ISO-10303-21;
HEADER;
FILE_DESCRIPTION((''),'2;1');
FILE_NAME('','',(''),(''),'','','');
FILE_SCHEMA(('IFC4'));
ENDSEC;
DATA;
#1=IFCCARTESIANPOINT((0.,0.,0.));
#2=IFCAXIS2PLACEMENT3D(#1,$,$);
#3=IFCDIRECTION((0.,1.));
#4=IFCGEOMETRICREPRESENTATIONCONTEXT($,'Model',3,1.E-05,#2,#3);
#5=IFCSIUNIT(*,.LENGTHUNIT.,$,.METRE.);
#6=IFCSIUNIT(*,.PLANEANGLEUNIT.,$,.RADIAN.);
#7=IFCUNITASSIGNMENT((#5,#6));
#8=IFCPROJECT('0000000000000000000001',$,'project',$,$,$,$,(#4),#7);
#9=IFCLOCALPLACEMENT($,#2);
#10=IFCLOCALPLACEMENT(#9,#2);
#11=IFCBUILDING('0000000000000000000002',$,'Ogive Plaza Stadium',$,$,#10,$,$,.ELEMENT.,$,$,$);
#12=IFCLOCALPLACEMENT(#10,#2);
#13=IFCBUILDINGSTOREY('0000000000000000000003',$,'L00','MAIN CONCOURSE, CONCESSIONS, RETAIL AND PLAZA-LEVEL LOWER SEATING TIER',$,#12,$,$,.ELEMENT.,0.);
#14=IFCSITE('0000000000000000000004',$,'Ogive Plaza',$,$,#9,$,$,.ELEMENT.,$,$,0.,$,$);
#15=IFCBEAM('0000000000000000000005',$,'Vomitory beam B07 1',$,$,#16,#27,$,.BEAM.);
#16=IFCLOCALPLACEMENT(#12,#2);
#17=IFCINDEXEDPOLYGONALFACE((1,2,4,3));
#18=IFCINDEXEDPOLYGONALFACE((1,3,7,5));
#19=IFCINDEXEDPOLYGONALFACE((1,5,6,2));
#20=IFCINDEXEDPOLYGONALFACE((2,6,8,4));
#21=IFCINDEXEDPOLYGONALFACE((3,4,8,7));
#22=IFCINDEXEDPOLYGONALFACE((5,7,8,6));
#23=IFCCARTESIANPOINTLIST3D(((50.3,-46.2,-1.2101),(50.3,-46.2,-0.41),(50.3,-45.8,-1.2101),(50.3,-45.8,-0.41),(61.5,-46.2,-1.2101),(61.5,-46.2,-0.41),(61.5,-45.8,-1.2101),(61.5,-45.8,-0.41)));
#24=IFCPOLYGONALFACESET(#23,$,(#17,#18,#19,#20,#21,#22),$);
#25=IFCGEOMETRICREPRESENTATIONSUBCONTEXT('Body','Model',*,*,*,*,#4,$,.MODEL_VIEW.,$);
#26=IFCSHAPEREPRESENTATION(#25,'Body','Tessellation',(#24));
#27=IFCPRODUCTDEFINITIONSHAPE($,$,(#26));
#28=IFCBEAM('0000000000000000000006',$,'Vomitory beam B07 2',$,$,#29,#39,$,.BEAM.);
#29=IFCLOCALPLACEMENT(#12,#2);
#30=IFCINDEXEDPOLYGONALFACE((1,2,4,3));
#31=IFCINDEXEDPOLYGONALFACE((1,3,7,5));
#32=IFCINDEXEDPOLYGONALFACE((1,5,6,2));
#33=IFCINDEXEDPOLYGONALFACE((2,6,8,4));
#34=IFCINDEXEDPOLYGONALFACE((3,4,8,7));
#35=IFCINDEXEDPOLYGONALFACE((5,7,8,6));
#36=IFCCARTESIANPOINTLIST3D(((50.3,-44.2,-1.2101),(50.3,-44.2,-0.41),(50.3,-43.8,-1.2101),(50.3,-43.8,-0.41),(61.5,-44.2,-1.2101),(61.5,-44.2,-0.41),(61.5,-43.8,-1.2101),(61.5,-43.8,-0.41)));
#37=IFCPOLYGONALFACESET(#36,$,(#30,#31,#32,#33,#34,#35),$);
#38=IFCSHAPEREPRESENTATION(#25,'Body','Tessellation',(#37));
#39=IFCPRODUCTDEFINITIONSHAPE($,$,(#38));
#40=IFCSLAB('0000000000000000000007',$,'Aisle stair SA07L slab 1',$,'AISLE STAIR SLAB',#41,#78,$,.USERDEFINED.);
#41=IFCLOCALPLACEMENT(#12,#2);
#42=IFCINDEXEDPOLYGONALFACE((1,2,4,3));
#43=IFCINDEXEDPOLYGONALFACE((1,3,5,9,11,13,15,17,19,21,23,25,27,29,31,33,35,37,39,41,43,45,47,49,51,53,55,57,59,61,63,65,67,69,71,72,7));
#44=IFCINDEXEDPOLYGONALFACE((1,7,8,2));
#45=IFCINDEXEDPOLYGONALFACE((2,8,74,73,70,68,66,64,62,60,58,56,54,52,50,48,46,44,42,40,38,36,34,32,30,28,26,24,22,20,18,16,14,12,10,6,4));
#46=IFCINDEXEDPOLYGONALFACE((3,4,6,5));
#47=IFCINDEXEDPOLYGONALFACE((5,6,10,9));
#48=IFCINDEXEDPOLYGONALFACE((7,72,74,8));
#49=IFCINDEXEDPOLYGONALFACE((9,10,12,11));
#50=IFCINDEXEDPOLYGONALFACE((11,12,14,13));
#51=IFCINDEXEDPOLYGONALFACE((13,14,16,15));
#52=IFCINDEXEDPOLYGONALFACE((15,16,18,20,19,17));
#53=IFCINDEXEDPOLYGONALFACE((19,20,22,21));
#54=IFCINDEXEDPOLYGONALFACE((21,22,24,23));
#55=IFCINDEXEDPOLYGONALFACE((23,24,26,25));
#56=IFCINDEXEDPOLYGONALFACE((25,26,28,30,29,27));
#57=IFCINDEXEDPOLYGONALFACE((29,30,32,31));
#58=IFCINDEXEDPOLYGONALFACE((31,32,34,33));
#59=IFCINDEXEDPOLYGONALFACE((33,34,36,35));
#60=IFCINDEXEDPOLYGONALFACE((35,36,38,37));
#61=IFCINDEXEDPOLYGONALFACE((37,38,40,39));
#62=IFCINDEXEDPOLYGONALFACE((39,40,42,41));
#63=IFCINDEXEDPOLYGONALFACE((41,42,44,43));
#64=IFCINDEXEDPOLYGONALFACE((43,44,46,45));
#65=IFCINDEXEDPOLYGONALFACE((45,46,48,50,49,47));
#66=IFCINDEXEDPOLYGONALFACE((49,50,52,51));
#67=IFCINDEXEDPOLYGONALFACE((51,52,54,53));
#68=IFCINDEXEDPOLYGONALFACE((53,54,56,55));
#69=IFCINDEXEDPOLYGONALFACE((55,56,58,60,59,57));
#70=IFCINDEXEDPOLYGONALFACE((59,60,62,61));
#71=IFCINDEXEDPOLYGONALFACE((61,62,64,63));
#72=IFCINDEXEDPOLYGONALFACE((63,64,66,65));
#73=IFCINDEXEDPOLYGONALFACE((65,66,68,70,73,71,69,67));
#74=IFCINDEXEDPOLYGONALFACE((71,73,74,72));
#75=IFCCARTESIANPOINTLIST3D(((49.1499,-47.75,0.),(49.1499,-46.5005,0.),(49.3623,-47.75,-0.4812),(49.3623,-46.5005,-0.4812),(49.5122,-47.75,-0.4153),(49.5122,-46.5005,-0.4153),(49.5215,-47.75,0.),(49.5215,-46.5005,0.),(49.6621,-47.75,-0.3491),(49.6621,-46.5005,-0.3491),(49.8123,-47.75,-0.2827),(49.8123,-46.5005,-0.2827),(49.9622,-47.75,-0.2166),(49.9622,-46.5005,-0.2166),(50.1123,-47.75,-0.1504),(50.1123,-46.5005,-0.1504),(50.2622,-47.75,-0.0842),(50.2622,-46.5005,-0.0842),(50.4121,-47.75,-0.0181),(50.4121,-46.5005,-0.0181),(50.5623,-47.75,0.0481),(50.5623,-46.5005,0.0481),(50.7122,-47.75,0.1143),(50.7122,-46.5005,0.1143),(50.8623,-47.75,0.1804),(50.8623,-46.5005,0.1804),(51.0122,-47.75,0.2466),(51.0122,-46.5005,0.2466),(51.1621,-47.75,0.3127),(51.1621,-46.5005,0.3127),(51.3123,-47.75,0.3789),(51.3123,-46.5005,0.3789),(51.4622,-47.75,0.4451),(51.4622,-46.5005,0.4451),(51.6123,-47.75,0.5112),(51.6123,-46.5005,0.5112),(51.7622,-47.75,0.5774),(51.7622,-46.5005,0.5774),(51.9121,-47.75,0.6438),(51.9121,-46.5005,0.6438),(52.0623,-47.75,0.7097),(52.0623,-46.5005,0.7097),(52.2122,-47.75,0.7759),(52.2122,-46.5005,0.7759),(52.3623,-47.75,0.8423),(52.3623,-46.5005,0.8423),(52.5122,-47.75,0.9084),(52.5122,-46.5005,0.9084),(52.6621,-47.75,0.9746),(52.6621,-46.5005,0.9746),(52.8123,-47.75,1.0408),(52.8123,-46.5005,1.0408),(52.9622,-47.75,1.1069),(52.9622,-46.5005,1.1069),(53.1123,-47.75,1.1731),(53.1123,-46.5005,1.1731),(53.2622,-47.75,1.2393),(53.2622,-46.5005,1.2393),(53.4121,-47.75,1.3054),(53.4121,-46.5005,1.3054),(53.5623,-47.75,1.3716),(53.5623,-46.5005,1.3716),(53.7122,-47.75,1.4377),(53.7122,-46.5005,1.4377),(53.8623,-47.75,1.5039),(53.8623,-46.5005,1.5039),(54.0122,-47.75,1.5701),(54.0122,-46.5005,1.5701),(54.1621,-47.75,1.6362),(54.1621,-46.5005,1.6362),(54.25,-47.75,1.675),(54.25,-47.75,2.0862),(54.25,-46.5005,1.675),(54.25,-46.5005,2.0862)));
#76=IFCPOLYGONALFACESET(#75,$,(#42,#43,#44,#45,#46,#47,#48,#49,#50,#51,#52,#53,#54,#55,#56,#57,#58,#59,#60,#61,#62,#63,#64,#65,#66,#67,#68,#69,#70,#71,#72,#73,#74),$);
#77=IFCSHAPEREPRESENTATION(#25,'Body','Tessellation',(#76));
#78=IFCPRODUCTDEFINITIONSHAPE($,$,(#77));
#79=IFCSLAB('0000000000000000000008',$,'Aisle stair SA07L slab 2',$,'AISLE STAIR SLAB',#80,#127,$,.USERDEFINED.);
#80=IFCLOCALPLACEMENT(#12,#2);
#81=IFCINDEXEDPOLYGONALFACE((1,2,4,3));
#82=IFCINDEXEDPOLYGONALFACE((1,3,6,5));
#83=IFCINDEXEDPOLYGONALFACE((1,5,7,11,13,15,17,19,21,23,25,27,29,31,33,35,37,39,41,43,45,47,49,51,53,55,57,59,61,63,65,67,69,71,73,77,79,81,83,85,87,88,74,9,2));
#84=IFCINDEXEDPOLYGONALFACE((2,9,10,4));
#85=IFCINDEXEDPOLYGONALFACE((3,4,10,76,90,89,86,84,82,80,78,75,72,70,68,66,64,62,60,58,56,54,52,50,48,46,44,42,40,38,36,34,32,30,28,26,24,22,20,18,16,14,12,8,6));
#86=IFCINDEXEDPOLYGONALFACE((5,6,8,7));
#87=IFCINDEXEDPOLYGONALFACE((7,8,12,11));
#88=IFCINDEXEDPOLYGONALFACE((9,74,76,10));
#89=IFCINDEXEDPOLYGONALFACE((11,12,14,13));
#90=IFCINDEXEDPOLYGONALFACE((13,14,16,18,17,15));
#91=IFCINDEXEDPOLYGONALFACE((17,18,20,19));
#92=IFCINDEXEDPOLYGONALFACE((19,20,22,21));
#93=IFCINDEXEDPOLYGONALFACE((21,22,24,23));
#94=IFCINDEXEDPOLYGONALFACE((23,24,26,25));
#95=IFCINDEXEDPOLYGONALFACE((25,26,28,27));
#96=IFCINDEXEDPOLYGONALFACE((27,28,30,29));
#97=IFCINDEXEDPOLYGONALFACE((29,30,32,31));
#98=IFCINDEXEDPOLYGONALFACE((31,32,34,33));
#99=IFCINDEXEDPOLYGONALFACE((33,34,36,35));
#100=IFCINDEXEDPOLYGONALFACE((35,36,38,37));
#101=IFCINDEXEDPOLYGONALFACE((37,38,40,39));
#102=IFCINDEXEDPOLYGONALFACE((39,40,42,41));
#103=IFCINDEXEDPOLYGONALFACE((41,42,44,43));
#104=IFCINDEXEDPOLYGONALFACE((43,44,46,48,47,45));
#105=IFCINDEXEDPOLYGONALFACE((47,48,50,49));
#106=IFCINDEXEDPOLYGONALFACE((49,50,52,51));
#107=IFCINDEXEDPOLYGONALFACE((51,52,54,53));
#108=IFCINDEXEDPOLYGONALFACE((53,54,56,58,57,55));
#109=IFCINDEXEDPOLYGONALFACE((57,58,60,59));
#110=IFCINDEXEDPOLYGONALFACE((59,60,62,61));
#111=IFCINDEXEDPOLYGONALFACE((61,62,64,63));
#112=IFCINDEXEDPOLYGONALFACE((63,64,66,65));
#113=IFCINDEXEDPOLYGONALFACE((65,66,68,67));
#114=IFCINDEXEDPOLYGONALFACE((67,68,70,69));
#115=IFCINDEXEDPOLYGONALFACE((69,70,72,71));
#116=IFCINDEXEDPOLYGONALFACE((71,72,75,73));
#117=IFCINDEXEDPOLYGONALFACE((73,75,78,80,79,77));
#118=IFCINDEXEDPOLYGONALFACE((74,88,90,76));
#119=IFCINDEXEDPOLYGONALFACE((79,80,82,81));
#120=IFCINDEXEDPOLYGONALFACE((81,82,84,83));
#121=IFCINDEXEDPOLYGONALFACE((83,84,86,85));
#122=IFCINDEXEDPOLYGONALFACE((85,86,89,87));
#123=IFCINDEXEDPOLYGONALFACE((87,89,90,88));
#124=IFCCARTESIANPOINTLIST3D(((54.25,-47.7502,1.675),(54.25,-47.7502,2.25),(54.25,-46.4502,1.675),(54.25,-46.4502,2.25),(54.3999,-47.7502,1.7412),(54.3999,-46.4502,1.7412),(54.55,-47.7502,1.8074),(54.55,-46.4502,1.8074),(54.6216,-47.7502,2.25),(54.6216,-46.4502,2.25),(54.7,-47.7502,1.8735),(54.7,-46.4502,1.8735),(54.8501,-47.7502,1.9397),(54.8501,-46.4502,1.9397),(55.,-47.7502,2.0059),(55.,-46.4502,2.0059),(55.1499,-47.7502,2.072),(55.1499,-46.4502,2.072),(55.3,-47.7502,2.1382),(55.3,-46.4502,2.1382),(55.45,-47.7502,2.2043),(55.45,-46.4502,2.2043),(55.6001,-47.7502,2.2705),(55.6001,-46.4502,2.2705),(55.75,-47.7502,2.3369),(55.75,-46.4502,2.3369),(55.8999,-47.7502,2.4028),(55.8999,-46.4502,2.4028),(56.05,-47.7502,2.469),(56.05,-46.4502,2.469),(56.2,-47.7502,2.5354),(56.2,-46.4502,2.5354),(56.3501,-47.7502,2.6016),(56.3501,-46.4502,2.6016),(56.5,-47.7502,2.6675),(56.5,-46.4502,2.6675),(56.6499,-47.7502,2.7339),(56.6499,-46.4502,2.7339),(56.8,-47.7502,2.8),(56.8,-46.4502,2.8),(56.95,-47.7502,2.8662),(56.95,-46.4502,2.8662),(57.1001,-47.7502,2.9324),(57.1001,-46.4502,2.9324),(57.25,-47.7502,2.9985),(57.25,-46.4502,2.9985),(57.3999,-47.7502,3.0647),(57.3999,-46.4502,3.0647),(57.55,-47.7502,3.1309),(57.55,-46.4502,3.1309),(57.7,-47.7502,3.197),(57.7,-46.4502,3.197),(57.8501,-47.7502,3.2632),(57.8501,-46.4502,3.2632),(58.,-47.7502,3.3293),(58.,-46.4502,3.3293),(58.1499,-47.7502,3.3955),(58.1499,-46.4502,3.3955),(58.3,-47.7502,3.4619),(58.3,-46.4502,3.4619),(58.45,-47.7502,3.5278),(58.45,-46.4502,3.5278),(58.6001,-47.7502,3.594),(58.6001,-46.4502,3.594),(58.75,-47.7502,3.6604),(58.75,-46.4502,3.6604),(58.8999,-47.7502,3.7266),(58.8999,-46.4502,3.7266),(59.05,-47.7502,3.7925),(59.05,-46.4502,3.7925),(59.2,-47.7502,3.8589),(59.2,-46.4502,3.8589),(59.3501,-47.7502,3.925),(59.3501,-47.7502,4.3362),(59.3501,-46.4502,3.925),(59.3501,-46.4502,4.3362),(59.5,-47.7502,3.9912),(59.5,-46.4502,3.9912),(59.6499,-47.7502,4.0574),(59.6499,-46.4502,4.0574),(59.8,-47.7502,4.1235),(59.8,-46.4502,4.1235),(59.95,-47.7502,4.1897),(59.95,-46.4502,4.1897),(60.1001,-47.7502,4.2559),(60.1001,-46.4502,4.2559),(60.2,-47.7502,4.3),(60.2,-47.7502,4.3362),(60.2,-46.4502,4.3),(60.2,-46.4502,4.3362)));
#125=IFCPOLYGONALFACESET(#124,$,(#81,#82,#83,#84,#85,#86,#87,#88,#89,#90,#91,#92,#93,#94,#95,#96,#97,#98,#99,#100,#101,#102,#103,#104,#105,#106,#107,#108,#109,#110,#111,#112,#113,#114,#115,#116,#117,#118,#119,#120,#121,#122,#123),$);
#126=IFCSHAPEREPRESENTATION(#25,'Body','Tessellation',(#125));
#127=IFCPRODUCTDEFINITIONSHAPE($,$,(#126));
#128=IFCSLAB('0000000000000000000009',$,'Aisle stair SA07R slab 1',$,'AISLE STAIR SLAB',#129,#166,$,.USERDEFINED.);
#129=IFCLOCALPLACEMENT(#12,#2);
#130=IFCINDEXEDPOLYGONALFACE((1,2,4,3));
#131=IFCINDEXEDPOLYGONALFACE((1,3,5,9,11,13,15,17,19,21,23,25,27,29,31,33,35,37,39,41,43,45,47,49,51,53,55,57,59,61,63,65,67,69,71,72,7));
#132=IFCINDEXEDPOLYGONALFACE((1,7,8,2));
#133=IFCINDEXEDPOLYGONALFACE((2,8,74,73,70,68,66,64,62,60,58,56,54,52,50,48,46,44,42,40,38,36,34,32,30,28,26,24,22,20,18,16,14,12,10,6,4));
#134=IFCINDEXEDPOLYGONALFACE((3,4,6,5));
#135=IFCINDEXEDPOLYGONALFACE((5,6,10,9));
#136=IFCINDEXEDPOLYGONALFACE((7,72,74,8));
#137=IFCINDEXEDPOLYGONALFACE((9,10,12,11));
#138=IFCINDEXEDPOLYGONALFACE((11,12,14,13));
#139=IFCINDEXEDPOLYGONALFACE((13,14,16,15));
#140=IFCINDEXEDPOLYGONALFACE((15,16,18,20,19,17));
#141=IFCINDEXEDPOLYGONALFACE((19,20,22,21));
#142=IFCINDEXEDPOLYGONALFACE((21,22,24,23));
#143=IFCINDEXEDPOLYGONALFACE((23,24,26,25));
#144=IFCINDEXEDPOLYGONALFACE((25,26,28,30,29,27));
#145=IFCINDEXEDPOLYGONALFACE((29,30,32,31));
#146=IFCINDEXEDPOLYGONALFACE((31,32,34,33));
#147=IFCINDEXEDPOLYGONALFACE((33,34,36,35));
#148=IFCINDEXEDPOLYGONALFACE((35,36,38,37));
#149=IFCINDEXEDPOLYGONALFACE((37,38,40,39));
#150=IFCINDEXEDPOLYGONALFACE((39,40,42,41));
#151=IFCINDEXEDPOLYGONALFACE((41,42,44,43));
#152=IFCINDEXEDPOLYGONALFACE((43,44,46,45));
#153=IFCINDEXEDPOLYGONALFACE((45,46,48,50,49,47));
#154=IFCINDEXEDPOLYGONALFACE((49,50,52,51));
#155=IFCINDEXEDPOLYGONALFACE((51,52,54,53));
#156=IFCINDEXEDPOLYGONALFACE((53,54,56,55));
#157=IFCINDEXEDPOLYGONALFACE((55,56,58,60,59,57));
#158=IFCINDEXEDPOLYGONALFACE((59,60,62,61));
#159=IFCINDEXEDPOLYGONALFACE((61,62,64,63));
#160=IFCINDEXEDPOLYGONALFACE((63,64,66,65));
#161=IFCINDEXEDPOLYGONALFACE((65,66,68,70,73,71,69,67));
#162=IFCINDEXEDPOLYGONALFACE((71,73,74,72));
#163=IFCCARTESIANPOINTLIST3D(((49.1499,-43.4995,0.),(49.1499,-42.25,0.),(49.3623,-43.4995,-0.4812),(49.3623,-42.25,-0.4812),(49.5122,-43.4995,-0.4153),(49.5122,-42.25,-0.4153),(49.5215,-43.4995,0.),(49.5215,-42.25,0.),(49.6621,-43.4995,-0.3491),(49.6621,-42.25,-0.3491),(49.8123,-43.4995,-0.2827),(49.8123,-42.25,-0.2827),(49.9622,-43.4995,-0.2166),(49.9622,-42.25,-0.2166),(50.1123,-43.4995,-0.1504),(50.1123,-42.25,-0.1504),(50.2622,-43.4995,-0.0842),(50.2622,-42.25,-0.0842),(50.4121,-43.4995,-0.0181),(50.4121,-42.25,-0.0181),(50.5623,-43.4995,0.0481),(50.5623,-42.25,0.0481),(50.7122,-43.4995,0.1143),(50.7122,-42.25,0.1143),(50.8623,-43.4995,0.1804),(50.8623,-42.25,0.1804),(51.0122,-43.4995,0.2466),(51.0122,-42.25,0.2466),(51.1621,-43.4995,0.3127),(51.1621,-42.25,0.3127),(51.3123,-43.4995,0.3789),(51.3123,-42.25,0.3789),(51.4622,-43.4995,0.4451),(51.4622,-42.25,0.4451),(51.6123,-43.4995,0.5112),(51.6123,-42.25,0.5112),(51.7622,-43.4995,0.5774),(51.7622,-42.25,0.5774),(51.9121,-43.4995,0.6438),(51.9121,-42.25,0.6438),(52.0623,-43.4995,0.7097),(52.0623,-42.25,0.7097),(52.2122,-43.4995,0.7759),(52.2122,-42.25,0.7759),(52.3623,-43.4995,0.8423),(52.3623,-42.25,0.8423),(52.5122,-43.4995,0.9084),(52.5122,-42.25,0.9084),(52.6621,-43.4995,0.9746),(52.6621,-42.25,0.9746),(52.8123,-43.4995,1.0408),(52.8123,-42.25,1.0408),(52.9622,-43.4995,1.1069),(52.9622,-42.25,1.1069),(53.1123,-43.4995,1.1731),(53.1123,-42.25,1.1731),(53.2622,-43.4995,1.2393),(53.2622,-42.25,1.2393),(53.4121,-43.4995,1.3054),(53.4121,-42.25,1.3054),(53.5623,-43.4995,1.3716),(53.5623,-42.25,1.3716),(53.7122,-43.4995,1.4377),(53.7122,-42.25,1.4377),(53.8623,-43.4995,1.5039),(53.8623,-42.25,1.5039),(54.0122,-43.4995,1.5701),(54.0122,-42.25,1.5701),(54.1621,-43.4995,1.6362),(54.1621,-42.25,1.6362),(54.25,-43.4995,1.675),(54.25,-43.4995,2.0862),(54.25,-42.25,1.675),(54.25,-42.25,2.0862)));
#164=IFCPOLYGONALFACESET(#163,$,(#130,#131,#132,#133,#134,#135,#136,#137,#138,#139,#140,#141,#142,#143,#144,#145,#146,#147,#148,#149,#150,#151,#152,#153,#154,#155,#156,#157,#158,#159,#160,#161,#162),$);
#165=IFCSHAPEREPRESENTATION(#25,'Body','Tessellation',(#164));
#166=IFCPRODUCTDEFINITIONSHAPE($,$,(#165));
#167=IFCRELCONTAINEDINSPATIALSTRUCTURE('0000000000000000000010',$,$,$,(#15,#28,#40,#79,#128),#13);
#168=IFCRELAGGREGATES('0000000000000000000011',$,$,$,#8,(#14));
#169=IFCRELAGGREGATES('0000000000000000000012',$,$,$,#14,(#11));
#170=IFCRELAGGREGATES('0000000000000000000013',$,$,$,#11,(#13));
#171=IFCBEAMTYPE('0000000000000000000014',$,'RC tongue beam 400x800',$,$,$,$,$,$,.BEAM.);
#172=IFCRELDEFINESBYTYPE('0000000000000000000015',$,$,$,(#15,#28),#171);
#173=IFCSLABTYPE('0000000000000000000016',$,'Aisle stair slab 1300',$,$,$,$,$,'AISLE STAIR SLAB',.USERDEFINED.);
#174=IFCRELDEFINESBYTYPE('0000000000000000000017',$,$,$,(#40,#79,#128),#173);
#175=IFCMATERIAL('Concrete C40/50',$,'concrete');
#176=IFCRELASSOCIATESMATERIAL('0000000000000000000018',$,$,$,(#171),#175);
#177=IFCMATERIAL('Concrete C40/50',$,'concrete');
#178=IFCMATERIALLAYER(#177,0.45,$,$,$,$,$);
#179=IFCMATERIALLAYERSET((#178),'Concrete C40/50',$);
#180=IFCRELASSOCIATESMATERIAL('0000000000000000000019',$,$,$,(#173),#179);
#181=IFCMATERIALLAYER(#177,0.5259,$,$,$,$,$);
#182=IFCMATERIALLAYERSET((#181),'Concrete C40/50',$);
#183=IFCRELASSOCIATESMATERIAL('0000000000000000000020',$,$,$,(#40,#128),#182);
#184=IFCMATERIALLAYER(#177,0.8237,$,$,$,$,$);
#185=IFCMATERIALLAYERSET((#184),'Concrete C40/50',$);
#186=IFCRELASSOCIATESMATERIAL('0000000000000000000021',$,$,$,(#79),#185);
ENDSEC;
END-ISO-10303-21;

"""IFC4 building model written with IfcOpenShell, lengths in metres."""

from ifc_helpers import new_model, si_unit, direction, frame, origin, origin_2d, place, context, subcontext, project, spatial, polyline, rectangle, outline, extrude, material, layer, layer_set, material_profile, profile_set, type_object, element, save


model = new_model("IFC4")

# Units and contexts
model_context = context("Model", 3, precision=1e-05, world=origin(), true_north=direction((0.0, 1.0)))
body_context = subcontext(model_context, "Body", "Model", "MODEL_VIEW")
ifc_project = project(units=[si_unit("LENGTHUNIT", "METRE"), si_unit("PLANEANGLEUNIT", "RADIAN")], contexts=[model_context])

# Site, building, storey
site_placement = place(None, origin())
site = spatial("IfcSite", under=ifc_project, at=site_placement, Name="Ogive Plaza", CompositionType="ELEMENT", RefElevation=0.0)
building_placement = place(site_placement, origin())
building = spatial("IfcBuilding", under=site, at=building_placement, Name="Ogive Plaza Stadium", CompositionType="ELEMENT")
storey_placement = place(building_placement, origin())
storey = spatial("IfcBuildingStorey", under=building, at=storey_placement, Name="L00", Description="MAIN CONCOURSE, CONCESSIONS, RETAIL AND PLAZA-LEVEL LOWER SEATING TIER", CompositionType="ELEMENT", Elevation=0.0)

# Beams
ifc_material_1 = material(Name="Concrete C40/50", Category="concrete")
ifc_material_profile = material_profile(ifc_material_1, rectangle(XDim=0.3999, YDim=0.8, at=origin_2d()), Name="RC 400x800")
ifc_profile_set = profile_set([ifc_material_profile], Name="Concrete C40/50")
beam_type = type_object("IfcBeamType", Name="RC tongue beam 400x800", PredefinedType="BEAM", material=ifc_profile_set)
for number, where, z_axis, x_axis, name in (
    (1, (50.3, -46.0, -0.8101), (1.0, 0.0, 0.0), (0.0, 1.0, 0.0), "Vomitory beam B07 1"),
    (2, (50.3, -44.0, -0.8101), (1.0, 0.0, 0.0), (0.0, 1.0, 0.0), "Vomitory beam B07 2"),
):
    element("IfcBeam", number, at=place(storey_placement, frame(where, z_axis=z_axis, x_axis=x_axis)), inside=storey, type_object=beam_type, Name=name, PredefinedType="BEAM", context=body_context, shape_type="SweptSolid", body=[
        extrude(rectangle(XDim=0.3999, YDim=0.8, at=origin_2d()), origin(), (0.0, 0.0, 1.0), 11.2),
    ])

# Slabs
ifc_material_2 = material(Name="Concrete C40/50", Category="concrete")
ifc_layer_1 = layer(ifc_material_2, 0.5259)
ifc_layer_set_1 = layer_set([ifc_layer_1], Name="Concrete C40/50")
ifc_layer_2 = layer(ifc_material_2, 0.45)
ifc_layer_set_2 = layer_set([ifc_layer_2], Name="Concrete C40/50")
slab_type = type_object("IfcSlabType", Name="Aisle stair slab 1300", ElementType="AISLE STAIR SLAB", PredefinedType="USERDEFINED", material=ifc_layer_set_2)
slab_1_placement = place(storey_placement, frame((49.1499, -47.1252, 0.0), z_axis=(0.0, 0.0, 1.0), x_axis=(1.0, 0.0, 0.0)))
element("IfcSlab", 3, at=slab_1_placement, inside=storey, type_object=slab_type, material=ifc_layer_set_1, Name="Aisle stair SA07L slab 1", ObjectType="AISLE STAIR SLAB", PredefinedType="USERDEFINED", context=body_context, shape_type="SweptSolid", body=[
    extrude(outline(polyline([(0.0, 0.0), (0.3716, 0.0), (5.1001, 2.0862), (5.1001, 1.675), (5.0122, 1.6362), (4.8623, 1.5701), (4.7124, 1.5039), (4.5623, 1.4377), (4.4124, 1.3716), (4.2622, 1.3054), (4.1123, 1.2393), (3.9624, 1.1731), (3.8123, 1.1069), (3.6624, 1.0408), (3.5122, 0.9746), (3.3623, 0.9084), (3.2124, 0.8423), (3.0623, 0.7759), (2.9124, 0.7097), (2.7622, 0.6438), (2.6123, 0.5774), (2.4624, 0.5112), (2.3123, 0.4451), (2.1624, 0.3789), (2.0122, 0.3127), (1.8623, 0.2466), (1.7124, 0.1804), (1.5623, 0.1143), (1.4124, 0.0481), (1.2622, -0.0181), (1.1123, -0.0842), (0.9624, -0.1504), (0.8123, -0.2166), (0.6624, -0.2827), (0.5122, -0.3491), (0.3623, -0.4153), (0.2124, -0.4812), (0.0, 0.0)])), frame((0.0, 0.6248, 0.0), z_axis=(0.0, -1.0, 0.0), x_axis=(1.0, 0.0, 0.0)), (0.0, 0.0, 1.0), 1.2495),
])
ifc_layer_3 = layer(ifc_material_2, 0.8237)
ifc_layer_set_3 = layer_set([ifc_layer_3], Name="Concrete C40/50")
slab_2_placement = place(storey_placement, frame((54.25, -47.1001, 0.0), z_axis=(0.0, 0.0, 1.0), x_axis=(1.0, 0.0, 0.0)))
element("IfcSlab", 4, at=slab_2_placement, inside=storey, type_object=slab_type, material=ifc_layer_set_3, Name="Aisle stair SA07L slab 2", ObjectType="AISLE STAIR SLAB", PredefinedType="USERDEFINED", context=body_context, shape_type="SweptSolid", body=[
    extrude(outline(polyline([(0.0, 2.25), (0.3716, 2.25), (5.1001, 4.3362), (5.95, 4.3362), (5.95, 4.3), (5.8501, 4.2559), (5.7, 4.1897), (5.55, 4.1235), (5.3999, 4.0574), (5.25, 3.9912), (5.1001, 3.925), (4.95, 3.8589), (4.8, 3.7925), (4.6499, 3.7266), (4.5, 3.6604), (4.3501, 3.594), (4.2, 3.5278), (4.05, 3.4619), (3.8999, 3.3955), (3.75, 3.3293), (3.6001, 3.2632), (3.45, 3.197), (3.3, 3.1309), (3.1499, 3.0647), (3.0, 2.9985), (2.8501, 2.9324), (2.7, 2.8662), (2.55, 2.8), (2.3999, 2.7339), (2.25, 2.6675), (2.1001, 2.6016), (1.95, 2.5354), (1.8, 2.469), (1.6499, 2.4028), (1.5, 2.3369), (1.3501, 2.2705), (1.2, 2.2043), (1.05, 2.1382), (0.8999, 2.072), (0.75, 2.0059), (0.6001, 1.9397), (0.45, 1.8735), (0.3, 1.8074), (0.1499, 1.7412), (0.0, 1.675), (0.0, 2.25)])), frame((0.0, 0.6499, 0.0), z_axis=(0.0, -1.0, 0.0), x_axis=(1.0, 0.0, 0.0)), (0.0, 0.0, 1.0), 1.3),
])
slab_3_placement = place(storey_placement, frame((49.1499, -42.8748, 0.0), z_axis=(0.0, 0.0, 1.0), x_axis=(1.0, 0.0, 0.0)))
element("IfcSlab", 5, at=slab_3_placement, inside=storey, type_object=slab_type, material=ifc_layer_set_1, Name="Aisle stair SA07R slab 1", ObjectType="AISLE STAIR SLAB", PredefinedType="USERDEFINED", context=body_context, shape_type="SweptSolid", body=[
    extrude(outline(polyline([(0.0, 0.0), (0.3716, 0.0), (5.1001, 2.0862), (5.1001, 1.675), (5.0122, 1.6362), (4.8623, 1.5701), (4.7124, 1.5039), (4.5623, 1.4377), (4.4124, 1.3716), (4.2622, 1.3054), (4.1123, 1.2393), (3.9624, 1.1731), (3.8123, 1.1069), (3.6624, 1.0408), (3.5122, 0.9746), (3.3623, 0.9084), (3.2124, 0.8423), (3.0623, 0.7759), (2.9124, 0.7097), (2.7622, 0.6438), (2.6123, 0.5774), (2.4624, 0.5112), (2.3123, 0.4451), (2.1624, 0.3789), (2.0122, 0.3127), (1.8623, 0.2466), (1.7124, 0.1804), (1.5623, 0.1143), (1.4124, 0.0481), (1.2622, -0.0181), (1.1123, -0.0842), (0.9624, -0.1504), (0.8123, -0.2166), (0.6624, -0.2827), (0.5122, -0.3491), (0.3623, -0.4153), (0.2124, -0.4812), (0.0, 0.0)])), frame((0.0, 0.6248, 0.0), z_axis=(0.0, -1.0, 0.0), x_axis=(1.0, 0.0, 0.0)), (0.0, 0.0, 1.0), 1.2495),
])

save(model, "model.ifc")
